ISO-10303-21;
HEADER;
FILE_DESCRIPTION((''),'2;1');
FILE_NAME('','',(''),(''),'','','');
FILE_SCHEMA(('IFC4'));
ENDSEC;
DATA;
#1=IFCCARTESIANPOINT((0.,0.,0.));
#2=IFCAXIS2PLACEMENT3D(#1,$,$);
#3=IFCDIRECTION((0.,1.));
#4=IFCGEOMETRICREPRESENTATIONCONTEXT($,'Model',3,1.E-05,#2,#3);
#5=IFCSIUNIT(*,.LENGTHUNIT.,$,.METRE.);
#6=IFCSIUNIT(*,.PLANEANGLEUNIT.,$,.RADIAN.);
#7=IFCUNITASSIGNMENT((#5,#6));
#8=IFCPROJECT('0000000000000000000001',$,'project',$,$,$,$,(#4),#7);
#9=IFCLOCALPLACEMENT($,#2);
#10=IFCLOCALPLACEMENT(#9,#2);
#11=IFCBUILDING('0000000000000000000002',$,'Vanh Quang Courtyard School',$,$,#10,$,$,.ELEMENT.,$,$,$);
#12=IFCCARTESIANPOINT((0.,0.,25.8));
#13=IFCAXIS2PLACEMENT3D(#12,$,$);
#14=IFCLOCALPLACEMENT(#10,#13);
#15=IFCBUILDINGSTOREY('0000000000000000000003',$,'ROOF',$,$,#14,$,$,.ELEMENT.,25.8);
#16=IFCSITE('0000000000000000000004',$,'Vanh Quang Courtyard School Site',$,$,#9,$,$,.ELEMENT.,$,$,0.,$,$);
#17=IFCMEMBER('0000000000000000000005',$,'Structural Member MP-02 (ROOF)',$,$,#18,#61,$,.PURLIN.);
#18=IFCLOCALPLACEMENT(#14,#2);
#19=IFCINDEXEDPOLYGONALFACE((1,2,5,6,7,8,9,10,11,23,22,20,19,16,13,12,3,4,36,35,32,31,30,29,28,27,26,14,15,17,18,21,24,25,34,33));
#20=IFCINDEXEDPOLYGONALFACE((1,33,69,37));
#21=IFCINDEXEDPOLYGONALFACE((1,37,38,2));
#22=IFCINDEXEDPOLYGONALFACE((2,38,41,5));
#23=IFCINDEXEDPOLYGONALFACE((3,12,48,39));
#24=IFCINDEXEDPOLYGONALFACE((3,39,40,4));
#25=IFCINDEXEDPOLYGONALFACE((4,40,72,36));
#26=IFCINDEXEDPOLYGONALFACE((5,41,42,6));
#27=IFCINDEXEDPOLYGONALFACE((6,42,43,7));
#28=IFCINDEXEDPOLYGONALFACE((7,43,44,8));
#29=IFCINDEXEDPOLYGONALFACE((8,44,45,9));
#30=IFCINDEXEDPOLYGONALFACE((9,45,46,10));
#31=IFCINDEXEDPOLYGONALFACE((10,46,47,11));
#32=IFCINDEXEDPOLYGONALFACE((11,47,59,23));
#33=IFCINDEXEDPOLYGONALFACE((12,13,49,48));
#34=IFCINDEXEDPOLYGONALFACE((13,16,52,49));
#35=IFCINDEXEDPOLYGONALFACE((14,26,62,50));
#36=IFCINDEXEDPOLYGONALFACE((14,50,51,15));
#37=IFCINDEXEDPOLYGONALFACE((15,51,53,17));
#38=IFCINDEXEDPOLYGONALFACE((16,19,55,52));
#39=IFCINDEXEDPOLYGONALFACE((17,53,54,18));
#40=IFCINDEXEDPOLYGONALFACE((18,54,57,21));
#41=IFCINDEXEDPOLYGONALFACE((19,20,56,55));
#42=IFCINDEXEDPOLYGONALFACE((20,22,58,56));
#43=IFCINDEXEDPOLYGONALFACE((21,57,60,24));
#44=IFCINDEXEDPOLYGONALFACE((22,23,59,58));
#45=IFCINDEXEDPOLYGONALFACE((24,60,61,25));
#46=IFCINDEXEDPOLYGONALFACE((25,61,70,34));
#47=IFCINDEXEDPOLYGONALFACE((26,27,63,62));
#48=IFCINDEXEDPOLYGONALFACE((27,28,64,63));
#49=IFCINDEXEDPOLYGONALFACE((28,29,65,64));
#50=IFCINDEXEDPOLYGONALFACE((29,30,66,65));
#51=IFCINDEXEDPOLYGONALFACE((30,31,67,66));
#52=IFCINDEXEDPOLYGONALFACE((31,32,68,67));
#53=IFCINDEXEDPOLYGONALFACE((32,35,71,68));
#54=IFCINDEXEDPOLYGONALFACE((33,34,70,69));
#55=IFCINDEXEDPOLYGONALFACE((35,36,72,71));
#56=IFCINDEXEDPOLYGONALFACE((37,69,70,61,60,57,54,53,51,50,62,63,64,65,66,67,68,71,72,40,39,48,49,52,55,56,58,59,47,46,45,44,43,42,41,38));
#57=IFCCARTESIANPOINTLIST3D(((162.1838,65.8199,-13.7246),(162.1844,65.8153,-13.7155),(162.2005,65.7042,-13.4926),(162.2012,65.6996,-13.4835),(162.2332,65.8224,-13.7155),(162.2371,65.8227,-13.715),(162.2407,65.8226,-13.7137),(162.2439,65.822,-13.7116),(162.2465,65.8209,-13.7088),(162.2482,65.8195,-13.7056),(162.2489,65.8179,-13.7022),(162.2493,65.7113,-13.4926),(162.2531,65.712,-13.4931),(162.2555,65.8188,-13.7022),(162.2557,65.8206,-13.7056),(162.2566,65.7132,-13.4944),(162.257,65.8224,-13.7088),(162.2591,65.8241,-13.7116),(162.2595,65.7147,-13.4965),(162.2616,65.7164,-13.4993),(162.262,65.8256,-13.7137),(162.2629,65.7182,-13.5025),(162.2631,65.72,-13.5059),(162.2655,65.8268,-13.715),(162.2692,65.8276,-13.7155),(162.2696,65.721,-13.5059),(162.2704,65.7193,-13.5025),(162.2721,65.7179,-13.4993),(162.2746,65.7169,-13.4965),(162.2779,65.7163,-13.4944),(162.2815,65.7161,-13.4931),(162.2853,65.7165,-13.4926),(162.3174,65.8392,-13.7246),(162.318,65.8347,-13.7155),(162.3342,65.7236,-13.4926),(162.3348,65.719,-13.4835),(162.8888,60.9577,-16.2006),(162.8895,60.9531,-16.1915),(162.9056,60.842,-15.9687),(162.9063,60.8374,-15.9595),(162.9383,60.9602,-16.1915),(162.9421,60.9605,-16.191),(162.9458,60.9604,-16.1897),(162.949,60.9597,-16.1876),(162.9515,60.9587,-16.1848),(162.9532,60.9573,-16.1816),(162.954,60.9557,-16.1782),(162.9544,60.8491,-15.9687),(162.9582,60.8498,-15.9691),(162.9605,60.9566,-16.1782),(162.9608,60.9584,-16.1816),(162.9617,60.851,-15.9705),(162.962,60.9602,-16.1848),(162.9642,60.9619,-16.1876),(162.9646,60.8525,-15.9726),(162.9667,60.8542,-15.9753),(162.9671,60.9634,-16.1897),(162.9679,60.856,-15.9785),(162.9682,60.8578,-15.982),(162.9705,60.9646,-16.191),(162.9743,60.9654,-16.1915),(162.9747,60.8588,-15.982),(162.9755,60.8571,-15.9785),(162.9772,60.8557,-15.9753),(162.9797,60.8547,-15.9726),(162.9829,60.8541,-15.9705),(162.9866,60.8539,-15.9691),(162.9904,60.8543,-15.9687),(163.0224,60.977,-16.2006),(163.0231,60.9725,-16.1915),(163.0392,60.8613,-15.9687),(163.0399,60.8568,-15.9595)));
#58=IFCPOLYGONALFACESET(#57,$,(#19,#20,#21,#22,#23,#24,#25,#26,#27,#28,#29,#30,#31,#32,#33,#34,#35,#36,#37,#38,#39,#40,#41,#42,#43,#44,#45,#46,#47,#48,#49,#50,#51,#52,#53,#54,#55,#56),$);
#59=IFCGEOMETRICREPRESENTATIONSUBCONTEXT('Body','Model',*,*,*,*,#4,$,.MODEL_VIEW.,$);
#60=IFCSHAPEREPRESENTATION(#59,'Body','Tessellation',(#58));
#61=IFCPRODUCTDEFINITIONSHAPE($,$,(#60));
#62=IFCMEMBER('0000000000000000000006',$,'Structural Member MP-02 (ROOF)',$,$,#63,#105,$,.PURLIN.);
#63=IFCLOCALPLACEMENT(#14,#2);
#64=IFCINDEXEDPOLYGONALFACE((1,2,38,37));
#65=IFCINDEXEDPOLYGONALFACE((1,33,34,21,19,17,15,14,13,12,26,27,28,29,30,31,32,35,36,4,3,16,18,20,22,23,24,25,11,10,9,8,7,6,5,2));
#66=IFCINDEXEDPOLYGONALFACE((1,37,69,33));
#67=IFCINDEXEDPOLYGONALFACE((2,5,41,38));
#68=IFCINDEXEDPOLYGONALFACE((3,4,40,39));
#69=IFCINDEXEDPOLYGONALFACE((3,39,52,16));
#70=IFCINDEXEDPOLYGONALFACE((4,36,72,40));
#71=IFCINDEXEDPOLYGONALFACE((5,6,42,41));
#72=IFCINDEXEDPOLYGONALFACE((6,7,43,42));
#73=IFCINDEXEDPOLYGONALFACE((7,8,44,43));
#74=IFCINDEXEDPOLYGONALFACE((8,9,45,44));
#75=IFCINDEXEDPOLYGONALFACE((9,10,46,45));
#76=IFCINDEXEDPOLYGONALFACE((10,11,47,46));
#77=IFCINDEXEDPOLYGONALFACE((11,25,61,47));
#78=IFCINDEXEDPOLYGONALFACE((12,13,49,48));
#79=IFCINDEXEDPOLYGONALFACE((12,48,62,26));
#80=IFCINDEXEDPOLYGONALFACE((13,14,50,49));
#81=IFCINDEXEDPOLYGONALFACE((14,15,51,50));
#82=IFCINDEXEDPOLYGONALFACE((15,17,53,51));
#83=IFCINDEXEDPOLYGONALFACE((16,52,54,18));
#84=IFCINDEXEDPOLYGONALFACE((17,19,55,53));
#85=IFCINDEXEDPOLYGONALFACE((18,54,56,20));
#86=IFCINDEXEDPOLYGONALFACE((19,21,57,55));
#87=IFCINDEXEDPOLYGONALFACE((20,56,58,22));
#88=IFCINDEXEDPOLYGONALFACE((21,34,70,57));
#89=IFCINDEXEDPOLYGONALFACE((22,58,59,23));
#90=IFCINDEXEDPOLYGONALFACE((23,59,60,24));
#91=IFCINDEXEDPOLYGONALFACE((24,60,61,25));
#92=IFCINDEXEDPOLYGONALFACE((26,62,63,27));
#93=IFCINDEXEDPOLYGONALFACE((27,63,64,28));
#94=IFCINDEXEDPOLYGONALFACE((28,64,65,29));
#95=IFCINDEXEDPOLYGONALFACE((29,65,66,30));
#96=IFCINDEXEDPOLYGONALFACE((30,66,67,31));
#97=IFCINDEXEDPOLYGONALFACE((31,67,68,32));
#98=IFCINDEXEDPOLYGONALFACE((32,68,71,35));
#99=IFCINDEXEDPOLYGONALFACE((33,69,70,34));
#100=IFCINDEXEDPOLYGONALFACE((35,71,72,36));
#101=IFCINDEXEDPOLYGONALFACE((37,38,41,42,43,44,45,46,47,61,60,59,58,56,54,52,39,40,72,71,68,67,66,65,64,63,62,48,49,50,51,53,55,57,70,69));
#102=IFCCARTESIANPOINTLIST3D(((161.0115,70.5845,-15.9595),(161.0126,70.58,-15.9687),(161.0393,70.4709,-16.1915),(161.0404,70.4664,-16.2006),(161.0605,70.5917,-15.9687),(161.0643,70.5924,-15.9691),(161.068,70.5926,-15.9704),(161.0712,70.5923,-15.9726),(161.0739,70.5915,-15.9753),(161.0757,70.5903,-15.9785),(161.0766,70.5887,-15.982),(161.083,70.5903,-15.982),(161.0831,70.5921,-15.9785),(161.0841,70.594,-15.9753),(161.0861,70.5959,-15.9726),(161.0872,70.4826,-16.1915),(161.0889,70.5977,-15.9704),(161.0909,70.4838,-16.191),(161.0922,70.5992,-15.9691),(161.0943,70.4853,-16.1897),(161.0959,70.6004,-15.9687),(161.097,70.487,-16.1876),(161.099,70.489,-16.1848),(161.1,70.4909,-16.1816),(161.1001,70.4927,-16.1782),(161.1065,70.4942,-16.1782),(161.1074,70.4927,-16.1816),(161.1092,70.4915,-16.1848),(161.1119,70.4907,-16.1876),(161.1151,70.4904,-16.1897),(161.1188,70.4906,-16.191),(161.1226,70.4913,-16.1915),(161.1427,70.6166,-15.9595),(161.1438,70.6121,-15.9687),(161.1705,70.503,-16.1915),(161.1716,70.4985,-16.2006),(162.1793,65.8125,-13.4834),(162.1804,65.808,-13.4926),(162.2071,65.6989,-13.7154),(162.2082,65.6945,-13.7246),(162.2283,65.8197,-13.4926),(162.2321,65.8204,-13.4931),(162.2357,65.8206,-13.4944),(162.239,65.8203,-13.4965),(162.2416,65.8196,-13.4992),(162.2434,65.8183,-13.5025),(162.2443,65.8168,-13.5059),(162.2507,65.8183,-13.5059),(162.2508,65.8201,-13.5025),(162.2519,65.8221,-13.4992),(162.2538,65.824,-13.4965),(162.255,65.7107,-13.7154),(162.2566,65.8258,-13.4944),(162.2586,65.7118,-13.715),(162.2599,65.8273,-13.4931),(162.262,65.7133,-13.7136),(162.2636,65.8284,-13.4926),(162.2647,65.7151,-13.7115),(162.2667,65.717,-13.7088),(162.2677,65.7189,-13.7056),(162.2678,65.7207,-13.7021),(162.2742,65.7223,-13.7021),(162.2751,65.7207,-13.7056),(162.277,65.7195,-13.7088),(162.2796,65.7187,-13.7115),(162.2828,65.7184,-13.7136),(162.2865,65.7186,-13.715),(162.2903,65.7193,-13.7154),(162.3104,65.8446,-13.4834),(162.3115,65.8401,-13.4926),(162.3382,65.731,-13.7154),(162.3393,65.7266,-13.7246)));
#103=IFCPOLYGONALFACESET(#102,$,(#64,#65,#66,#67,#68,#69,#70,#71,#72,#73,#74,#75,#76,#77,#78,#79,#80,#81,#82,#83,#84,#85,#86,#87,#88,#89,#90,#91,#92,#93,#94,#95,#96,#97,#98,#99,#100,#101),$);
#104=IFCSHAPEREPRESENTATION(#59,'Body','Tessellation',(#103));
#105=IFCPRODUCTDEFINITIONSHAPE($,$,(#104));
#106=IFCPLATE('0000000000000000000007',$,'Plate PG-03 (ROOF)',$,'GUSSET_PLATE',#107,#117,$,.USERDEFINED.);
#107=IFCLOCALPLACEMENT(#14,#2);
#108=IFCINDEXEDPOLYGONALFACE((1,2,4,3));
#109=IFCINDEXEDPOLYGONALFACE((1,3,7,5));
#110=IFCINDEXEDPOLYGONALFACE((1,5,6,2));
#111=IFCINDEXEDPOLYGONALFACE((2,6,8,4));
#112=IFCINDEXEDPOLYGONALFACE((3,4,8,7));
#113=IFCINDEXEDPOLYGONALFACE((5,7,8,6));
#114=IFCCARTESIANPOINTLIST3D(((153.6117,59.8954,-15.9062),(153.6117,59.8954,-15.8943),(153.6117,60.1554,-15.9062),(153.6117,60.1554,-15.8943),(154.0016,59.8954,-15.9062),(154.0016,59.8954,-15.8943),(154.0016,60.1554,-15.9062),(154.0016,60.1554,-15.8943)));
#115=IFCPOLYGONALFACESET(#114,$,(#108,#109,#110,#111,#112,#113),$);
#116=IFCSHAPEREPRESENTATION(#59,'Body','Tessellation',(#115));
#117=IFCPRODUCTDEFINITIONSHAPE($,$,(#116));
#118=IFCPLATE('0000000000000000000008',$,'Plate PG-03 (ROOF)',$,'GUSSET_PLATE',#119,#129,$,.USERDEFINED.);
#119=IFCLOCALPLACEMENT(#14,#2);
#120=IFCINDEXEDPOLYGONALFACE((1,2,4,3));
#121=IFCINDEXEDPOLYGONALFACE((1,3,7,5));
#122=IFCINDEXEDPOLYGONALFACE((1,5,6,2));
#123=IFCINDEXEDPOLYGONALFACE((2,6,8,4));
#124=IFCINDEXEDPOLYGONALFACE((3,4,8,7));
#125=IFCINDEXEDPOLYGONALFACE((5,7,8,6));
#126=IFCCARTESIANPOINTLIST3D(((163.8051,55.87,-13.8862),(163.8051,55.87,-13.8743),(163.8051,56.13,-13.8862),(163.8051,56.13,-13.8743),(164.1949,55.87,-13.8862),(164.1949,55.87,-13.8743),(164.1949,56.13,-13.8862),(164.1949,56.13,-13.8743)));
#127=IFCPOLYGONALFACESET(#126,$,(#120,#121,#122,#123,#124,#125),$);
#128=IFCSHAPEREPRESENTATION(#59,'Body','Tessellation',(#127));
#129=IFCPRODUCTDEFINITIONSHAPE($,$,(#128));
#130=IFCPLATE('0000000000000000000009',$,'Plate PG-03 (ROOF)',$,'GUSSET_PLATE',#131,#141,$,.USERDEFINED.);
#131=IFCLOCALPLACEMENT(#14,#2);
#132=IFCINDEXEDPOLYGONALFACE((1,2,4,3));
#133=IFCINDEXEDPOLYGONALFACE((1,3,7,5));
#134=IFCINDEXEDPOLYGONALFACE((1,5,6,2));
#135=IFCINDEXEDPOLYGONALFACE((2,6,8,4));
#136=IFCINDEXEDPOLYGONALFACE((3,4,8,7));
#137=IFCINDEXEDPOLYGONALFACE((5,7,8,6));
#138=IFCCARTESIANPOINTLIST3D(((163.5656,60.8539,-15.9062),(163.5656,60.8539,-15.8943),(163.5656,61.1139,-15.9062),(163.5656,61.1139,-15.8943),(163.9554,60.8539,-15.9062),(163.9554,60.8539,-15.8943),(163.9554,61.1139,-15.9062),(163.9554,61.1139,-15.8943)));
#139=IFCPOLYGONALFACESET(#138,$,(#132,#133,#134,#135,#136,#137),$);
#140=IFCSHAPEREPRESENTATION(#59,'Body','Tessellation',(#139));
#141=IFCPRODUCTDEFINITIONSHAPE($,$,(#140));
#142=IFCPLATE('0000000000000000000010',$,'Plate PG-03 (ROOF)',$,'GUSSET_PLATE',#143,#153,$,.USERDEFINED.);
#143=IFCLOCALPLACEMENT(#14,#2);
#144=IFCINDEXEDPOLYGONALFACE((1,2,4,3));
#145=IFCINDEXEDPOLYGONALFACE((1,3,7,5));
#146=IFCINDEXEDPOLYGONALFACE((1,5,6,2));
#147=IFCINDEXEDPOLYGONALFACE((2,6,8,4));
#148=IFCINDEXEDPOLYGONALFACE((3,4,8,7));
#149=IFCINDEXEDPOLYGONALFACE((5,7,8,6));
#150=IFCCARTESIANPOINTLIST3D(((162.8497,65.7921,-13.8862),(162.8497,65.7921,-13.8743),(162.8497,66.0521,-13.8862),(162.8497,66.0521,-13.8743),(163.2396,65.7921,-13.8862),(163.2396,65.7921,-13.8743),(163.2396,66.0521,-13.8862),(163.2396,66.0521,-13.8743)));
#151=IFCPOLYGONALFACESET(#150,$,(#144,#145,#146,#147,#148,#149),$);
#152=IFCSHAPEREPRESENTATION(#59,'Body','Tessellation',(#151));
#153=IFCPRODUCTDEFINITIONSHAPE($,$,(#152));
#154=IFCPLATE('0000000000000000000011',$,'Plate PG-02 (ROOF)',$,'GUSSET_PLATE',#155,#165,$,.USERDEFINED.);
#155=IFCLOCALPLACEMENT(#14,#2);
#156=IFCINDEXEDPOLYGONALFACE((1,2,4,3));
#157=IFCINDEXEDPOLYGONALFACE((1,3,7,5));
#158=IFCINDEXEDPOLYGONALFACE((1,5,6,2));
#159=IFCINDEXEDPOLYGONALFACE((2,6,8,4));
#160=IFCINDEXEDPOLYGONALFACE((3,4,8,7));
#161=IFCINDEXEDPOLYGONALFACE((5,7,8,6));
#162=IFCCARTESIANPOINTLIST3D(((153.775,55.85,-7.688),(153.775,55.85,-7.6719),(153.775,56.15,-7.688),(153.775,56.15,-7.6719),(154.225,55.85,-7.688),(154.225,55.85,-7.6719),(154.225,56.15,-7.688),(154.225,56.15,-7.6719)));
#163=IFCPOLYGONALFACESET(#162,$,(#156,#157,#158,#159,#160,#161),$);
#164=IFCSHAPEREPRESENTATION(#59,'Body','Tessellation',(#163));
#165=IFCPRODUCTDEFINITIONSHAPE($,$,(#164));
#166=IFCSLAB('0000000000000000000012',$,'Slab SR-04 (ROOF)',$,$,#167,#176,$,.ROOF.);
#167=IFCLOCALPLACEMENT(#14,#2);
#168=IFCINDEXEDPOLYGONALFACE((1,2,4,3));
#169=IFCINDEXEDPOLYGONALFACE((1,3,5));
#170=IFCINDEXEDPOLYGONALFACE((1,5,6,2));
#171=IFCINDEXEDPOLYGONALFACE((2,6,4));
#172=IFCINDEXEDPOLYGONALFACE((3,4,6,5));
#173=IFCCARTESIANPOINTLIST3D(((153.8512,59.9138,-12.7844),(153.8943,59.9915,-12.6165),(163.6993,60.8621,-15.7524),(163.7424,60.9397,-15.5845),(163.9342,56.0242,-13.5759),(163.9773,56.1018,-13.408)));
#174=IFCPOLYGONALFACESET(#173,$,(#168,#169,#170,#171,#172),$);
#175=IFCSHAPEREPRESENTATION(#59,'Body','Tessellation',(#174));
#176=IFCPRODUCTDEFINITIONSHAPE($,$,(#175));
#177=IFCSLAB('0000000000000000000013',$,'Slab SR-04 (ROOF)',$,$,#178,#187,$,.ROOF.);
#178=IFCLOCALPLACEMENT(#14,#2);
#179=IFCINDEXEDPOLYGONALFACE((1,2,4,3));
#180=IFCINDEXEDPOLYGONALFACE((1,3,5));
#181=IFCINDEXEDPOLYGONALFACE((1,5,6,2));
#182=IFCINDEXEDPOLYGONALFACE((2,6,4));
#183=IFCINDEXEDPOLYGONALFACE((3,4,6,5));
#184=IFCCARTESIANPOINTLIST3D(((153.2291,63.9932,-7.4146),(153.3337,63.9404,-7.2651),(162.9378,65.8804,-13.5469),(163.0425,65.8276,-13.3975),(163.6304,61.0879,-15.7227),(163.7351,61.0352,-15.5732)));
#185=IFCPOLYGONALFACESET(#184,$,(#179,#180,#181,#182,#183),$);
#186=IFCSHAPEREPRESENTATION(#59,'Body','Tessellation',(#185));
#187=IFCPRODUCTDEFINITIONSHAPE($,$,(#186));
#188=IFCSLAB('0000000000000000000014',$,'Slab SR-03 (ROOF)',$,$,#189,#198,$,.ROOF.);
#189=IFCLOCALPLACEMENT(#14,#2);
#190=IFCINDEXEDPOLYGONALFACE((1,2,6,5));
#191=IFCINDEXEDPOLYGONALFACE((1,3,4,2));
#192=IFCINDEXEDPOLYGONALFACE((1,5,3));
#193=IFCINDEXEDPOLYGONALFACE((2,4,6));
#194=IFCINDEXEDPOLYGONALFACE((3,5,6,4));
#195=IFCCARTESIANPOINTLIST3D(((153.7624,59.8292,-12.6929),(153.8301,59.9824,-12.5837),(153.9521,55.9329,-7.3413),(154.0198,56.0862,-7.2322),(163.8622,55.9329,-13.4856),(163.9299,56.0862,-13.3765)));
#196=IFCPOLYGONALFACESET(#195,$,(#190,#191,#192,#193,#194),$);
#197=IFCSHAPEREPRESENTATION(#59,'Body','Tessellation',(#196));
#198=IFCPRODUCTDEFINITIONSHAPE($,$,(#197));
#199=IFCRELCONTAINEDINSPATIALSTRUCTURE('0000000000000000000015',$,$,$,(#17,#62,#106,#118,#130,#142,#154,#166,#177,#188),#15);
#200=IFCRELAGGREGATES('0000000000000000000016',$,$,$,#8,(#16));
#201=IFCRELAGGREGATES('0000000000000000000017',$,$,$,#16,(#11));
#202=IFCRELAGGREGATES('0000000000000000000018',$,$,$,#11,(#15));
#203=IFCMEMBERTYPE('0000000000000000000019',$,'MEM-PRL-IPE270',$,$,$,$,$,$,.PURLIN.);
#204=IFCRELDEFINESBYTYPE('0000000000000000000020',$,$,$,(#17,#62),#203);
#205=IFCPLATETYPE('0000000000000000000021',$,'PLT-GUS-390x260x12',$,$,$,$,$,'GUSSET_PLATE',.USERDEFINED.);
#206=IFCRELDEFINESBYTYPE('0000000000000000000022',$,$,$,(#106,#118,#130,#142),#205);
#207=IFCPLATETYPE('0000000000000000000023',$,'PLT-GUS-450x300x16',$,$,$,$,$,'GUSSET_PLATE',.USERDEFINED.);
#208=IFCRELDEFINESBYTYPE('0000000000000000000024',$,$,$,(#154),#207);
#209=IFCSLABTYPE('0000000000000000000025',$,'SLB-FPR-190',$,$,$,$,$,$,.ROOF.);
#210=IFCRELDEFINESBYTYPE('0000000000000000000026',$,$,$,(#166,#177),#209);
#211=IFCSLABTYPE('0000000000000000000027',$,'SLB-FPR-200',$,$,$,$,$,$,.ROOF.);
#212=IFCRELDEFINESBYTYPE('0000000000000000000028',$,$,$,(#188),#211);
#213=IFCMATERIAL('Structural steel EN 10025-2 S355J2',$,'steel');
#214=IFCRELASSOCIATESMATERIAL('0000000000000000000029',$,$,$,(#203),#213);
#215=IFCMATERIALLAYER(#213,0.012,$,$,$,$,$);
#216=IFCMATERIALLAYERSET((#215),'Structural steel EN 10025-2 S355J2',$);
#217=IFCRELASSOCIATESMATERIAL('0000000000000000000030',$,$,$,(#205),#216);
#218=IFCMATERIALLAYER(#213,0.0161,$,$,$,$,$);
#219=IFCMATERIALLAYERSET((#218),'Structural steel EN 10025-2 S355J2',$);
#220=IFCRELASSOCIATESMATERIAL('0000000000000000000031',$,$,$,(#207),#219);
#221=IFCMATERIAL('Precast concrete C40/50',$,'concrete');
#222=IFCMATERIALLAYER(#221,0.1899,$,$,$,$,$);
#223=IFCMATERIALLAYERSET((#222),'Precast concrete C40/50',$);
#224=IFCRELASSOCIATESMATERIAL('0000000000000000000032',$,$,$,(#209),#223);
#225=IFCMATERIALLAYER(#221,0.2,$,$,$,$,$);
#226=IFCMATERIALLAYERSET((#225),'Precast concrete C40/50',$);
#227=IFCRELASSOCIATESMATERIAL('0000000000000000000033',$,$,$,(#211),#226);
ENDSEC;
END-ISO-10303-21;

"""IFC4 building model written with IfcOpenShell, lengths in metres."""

from ifc_helpers import new_model, si_unit, direction, frame, origin, origin_2d, place, context, subcontext, project, spatial, polyline, rectangle, i_section, outline, extrude, material, layer, layer_set, material_profile, profile_set, type_object, element, save


model = new_model("IFC4")

# Units and contexts
model_context = context("Model", 3, precision=1e-05, world=origin(), true_north=direction((0.0, 1.0)))
body_context = subcontext(model_context, "Body", "Model", "MODEL_VIEW")
ifc_project = project(units=[si_unit("LENGTHUNIT", "METRE"), si_unit("PLANEANGLEUNIT", "RADIAN")], contexts=[model_context])

# Site, building, storey
site_placement = place(None, origin())
site = spatial("IfcSite", under=ifc_project, at=site_placement, Name="Vanh Quang Courtyard School Site", CompositionType="ELEMENT", RefElevation=0.0)
building_placement = place(site_placement, origin())
building = spatial("IfcBuilding", under=site, at=building_placement, Name="Vanh Quang Courtyard School", CompositionType="ELEMENT")
storey_placement = place(building_placement, frame((0.0, 0.0, 25.8)))
storey = spatial("IfcBuildingStorey", under=building, at=storey_placement, Name="ROOF", CompositionType="ELEMENT", Elevation=25.8)

# Shared definitions
ifc_material_1 = material(Name="Structural steel EN 10025-2 S355J2", Category="steel")

# Members
ifc_material_profile_1 = material_profile(ifc_material_1, i_section(OverallWidth=0.135, OverallDepth=0.27, WebThickness=0.0066, FlangeThickness=0.0103, FilletRadius=0.0149, at=origin_2d()), Name="IPE 270")
ifc_profile_set_1 = profile_set([ifc_material_profile_1], Name="Structural steel EN 10025-2 S355J2")
member_type_1 = type_object("IfcMemberType", Name="MEM-PRL-IPE270", PredefinedType="PURLIN", material=ifc_profile_set_1)
member_1_placement = place(storey_placement, frame((162.9644, 60.9072, -16.0801), z_axis=(-0.128153, 0.883762, 0.450046), x_axis=(-0.989649, -0.143508, 0.0)))
element("IfcMember", 1, at=member_1_placement, inside=storey, type_object=member_type_1, Name="Structural Member MP-02 (ROOF)", PredefinedType="PURLIN", context=body_context, shape_type="SweptSolid", body=[
    extrude(i_section(OverallWidth=0.135, OverallDepth=0.27, WebThickness=0.0066, FlangeThickness=0.0103, FilletRadius=0.0149, at=origin_2d()), origin(), (0.0, 0.0, 1.0), 5.5017),
])
member_2_placement = place(storey_placement, frame((162.2593, 65.7695, -13.604), z_axis=(-0.212257, 0.867398, -0.450074), x_axis=(-0.971341, -0.237692, 0.0)))
element("IfcMember", 2, at=member_2_placement, inside=storey, type_object=member_type_1, Name="Structural Member MP-02 (ROOF)", PredefinedType="PURLIN", context=body_context, shape_type="SweptSolid", body=[
    extrude(i_section(OverallWidth=0.135, OverallDepth=0.27, WebThickness=0.0066, FlangeThickness=0.0103, FilletRadius=0.0149, at=origin_2d()), origin(), (0.0, 0.0, 1.0), 5.5015),
])

# Plates
ifc_layer_1 = layer(ifc_material_1, 0.012)
ifc_layer_set_1 = layer_set([ifc_layer_1], Name="Structural steel EN 10025-2 S355J2")
plate_type_1 = type_object("IfcPlateType", Name="PLT-GUS-390x260x12", ElementType="GUSSET_PLATE", PredefinedType="USERDEFINED", material=ifc_layer_set_1)
for number, where, z_axis, x_axis, name in (
    (3, (153.8066, 60.0254, -15.9062), (0.0, 0.0, 1.0), (1.0, 0.0, 0.0), "Plate PG-03 (ROOF)"),
    (4, (164.0, 56.0, -13.8862), (0.0, 0.0, 1.0), (1.0, 0.0, 0.0), "Plate PG-03 (ROOF)"),
    (5, (163.7605, 60.9839, -15.9062), (0.0, 0.0, 1.0), (1.0, 0.0, 0.0), "Plate PG-03 (ROOF)"),
    (6, (163.0447, 65.9221, -13.8862), (0.0, 0.0, 1.0), (1.0, 0.0, 0.0), "Plate PG-03 (ROOF)"),
):
    element("IfcPlate", number, at=place(storey_placement, frame(where, z_axis=z_axis, x_axis=x_axis)), inside=storey, type_object=plate_type_1, Name=name, ObjectType="GUSSET_PLATE", PredefinedType="USERDEFINED", context=body_context, shape_type="SweptSolid", body=[
        extrude(rectangle(XDim=0.3899, YDim=0.26, at=origin_2d()), origin(), (0.0, 0.0, 1.0), 0.012),
    ])
ifc_layer_2 = layer(ifc_material_1, 0.0161)
ifc_layer_set_2 = layer_set([ifc_layer_2], Name="Structural steel EN 10025-2 S355J2")
plate_type_2 = type_object("IfcPlateType", Name="PLT-GUS-450x300x16", ElementType="GUSSET_PLATE", PredefinedType="USERDEFINED", material=ifc_layer_set_2)
plate_placement = place(storey_placement, frame((154.0, 56.0, -7.688), z_axis=(0.0, 0.0, 1.0), x_axis=(1.0, 0.0, 0.0)))
element("IfcPlate", 7, at=plate_placement, inside=storey, type_object=plate_type_2, Name="Plate PG-02 (ROOF)", ObjectType="GUSSET_PLATE", PredefinedType="USERDEFINED", context=body_context, shape_type="SweptSolid", body=[
    extrude(rectangle(XDim=0.45, YDim=0.3, at=origin_2d()), origin(), (0.0, 0.0, 1.0), 0.0161),
])

# Slabs
ifc_material_2 = material(Name="Precast concrete C40/50", Category="concrete")
ifc_layer_3 = layer(ifc_material_2, 0.1899)
ifc_layer_set_3 = layer_set([ifc_layer_3], Name="Precast concrete C40/50")
slab_type_1 = type_object("IfcSlabType", Name="SLB-FPR-190", PredefinedType="ROOF", material=ifc_layer_set_3)
slab_1_placement = place(storey_placement, frame((153.8943, 59.9915, -12.6165), z_axis=(0.227056, 0.408711, 0.883969), x_axis=(0.930494, -0.35895, -0.073043)))
element("IfcSlab", 8, at=slab_1_placement, inside=storey, type_object=slab_type_1, Name="Slab SR-04 (ROOF)", PredefinedType="ROOF", context=body_context, shape_type="SweptSolid", body=[
    extrude(outline(polyline([(0.0, 0.0), (10.8362, 0.0), (9.0401, 4.9971), (0.0, 0.0)])), origin(), (0.0, 0.0, -1.0), 0.1899),
])
slab_2_placement = place(storey_placement, frame((153.3337, 63.9404, -7.2651), z_axis=(0.551027, -0.277637, 0.786948), x_axis=(0.763376, -0.213224, -0.609748)))
element("IfcSlab", 9, at=slab_2_placement, inside=storey, type_object=slab_type_1, Name="Slab SR-04 (ROOF)", PredefinedType="ROOF", context=body_context, shape_type="SweptSolid", body=[
    extrude(outline(polyline([(0.0, 0.0), (13.6255, 0.0), (10.7482, 4.4613), (0.0, 0.0)])), origin(), (0.0, 0.0, -1.0), 0.1899),
])
ifc_layer_4 = layer(ifc_material_2, 0.2)
ifc_layer_set_4 = layer_set([ifc_layer_4], Name="Precast concrete C40/50")
slab_type_2 = type_object("IfcSlabType", Name="SLB-FPR-200", PredefinedType="ROOF", material=ifc_layer_set_4)
slab_3_placement = place(storey_placement, frame((154.0198, 56.0862, -7.2322), z_axis=(0.3385, 0.766379, 0.545968), x_axis=(0.849903, 0.0, -0.526939)))
element("IfcSlab", 10, at=slab_3_placement, inside=storey, type_object=slab_type_2, Name="Slab SR-03 (ROOF)", PredefinedType="ROOF", context=body_context, shape_type="SweptSolid", body=[
    extrude(outline(polyline([(0.0, 0.0), (11.6603, 0.0), (2.6587, 6.0652), (0.0, 0.0)])), origin(), (0.0, 0.0, -1.0), 0.2),
])

save(model, "model.ifc")
